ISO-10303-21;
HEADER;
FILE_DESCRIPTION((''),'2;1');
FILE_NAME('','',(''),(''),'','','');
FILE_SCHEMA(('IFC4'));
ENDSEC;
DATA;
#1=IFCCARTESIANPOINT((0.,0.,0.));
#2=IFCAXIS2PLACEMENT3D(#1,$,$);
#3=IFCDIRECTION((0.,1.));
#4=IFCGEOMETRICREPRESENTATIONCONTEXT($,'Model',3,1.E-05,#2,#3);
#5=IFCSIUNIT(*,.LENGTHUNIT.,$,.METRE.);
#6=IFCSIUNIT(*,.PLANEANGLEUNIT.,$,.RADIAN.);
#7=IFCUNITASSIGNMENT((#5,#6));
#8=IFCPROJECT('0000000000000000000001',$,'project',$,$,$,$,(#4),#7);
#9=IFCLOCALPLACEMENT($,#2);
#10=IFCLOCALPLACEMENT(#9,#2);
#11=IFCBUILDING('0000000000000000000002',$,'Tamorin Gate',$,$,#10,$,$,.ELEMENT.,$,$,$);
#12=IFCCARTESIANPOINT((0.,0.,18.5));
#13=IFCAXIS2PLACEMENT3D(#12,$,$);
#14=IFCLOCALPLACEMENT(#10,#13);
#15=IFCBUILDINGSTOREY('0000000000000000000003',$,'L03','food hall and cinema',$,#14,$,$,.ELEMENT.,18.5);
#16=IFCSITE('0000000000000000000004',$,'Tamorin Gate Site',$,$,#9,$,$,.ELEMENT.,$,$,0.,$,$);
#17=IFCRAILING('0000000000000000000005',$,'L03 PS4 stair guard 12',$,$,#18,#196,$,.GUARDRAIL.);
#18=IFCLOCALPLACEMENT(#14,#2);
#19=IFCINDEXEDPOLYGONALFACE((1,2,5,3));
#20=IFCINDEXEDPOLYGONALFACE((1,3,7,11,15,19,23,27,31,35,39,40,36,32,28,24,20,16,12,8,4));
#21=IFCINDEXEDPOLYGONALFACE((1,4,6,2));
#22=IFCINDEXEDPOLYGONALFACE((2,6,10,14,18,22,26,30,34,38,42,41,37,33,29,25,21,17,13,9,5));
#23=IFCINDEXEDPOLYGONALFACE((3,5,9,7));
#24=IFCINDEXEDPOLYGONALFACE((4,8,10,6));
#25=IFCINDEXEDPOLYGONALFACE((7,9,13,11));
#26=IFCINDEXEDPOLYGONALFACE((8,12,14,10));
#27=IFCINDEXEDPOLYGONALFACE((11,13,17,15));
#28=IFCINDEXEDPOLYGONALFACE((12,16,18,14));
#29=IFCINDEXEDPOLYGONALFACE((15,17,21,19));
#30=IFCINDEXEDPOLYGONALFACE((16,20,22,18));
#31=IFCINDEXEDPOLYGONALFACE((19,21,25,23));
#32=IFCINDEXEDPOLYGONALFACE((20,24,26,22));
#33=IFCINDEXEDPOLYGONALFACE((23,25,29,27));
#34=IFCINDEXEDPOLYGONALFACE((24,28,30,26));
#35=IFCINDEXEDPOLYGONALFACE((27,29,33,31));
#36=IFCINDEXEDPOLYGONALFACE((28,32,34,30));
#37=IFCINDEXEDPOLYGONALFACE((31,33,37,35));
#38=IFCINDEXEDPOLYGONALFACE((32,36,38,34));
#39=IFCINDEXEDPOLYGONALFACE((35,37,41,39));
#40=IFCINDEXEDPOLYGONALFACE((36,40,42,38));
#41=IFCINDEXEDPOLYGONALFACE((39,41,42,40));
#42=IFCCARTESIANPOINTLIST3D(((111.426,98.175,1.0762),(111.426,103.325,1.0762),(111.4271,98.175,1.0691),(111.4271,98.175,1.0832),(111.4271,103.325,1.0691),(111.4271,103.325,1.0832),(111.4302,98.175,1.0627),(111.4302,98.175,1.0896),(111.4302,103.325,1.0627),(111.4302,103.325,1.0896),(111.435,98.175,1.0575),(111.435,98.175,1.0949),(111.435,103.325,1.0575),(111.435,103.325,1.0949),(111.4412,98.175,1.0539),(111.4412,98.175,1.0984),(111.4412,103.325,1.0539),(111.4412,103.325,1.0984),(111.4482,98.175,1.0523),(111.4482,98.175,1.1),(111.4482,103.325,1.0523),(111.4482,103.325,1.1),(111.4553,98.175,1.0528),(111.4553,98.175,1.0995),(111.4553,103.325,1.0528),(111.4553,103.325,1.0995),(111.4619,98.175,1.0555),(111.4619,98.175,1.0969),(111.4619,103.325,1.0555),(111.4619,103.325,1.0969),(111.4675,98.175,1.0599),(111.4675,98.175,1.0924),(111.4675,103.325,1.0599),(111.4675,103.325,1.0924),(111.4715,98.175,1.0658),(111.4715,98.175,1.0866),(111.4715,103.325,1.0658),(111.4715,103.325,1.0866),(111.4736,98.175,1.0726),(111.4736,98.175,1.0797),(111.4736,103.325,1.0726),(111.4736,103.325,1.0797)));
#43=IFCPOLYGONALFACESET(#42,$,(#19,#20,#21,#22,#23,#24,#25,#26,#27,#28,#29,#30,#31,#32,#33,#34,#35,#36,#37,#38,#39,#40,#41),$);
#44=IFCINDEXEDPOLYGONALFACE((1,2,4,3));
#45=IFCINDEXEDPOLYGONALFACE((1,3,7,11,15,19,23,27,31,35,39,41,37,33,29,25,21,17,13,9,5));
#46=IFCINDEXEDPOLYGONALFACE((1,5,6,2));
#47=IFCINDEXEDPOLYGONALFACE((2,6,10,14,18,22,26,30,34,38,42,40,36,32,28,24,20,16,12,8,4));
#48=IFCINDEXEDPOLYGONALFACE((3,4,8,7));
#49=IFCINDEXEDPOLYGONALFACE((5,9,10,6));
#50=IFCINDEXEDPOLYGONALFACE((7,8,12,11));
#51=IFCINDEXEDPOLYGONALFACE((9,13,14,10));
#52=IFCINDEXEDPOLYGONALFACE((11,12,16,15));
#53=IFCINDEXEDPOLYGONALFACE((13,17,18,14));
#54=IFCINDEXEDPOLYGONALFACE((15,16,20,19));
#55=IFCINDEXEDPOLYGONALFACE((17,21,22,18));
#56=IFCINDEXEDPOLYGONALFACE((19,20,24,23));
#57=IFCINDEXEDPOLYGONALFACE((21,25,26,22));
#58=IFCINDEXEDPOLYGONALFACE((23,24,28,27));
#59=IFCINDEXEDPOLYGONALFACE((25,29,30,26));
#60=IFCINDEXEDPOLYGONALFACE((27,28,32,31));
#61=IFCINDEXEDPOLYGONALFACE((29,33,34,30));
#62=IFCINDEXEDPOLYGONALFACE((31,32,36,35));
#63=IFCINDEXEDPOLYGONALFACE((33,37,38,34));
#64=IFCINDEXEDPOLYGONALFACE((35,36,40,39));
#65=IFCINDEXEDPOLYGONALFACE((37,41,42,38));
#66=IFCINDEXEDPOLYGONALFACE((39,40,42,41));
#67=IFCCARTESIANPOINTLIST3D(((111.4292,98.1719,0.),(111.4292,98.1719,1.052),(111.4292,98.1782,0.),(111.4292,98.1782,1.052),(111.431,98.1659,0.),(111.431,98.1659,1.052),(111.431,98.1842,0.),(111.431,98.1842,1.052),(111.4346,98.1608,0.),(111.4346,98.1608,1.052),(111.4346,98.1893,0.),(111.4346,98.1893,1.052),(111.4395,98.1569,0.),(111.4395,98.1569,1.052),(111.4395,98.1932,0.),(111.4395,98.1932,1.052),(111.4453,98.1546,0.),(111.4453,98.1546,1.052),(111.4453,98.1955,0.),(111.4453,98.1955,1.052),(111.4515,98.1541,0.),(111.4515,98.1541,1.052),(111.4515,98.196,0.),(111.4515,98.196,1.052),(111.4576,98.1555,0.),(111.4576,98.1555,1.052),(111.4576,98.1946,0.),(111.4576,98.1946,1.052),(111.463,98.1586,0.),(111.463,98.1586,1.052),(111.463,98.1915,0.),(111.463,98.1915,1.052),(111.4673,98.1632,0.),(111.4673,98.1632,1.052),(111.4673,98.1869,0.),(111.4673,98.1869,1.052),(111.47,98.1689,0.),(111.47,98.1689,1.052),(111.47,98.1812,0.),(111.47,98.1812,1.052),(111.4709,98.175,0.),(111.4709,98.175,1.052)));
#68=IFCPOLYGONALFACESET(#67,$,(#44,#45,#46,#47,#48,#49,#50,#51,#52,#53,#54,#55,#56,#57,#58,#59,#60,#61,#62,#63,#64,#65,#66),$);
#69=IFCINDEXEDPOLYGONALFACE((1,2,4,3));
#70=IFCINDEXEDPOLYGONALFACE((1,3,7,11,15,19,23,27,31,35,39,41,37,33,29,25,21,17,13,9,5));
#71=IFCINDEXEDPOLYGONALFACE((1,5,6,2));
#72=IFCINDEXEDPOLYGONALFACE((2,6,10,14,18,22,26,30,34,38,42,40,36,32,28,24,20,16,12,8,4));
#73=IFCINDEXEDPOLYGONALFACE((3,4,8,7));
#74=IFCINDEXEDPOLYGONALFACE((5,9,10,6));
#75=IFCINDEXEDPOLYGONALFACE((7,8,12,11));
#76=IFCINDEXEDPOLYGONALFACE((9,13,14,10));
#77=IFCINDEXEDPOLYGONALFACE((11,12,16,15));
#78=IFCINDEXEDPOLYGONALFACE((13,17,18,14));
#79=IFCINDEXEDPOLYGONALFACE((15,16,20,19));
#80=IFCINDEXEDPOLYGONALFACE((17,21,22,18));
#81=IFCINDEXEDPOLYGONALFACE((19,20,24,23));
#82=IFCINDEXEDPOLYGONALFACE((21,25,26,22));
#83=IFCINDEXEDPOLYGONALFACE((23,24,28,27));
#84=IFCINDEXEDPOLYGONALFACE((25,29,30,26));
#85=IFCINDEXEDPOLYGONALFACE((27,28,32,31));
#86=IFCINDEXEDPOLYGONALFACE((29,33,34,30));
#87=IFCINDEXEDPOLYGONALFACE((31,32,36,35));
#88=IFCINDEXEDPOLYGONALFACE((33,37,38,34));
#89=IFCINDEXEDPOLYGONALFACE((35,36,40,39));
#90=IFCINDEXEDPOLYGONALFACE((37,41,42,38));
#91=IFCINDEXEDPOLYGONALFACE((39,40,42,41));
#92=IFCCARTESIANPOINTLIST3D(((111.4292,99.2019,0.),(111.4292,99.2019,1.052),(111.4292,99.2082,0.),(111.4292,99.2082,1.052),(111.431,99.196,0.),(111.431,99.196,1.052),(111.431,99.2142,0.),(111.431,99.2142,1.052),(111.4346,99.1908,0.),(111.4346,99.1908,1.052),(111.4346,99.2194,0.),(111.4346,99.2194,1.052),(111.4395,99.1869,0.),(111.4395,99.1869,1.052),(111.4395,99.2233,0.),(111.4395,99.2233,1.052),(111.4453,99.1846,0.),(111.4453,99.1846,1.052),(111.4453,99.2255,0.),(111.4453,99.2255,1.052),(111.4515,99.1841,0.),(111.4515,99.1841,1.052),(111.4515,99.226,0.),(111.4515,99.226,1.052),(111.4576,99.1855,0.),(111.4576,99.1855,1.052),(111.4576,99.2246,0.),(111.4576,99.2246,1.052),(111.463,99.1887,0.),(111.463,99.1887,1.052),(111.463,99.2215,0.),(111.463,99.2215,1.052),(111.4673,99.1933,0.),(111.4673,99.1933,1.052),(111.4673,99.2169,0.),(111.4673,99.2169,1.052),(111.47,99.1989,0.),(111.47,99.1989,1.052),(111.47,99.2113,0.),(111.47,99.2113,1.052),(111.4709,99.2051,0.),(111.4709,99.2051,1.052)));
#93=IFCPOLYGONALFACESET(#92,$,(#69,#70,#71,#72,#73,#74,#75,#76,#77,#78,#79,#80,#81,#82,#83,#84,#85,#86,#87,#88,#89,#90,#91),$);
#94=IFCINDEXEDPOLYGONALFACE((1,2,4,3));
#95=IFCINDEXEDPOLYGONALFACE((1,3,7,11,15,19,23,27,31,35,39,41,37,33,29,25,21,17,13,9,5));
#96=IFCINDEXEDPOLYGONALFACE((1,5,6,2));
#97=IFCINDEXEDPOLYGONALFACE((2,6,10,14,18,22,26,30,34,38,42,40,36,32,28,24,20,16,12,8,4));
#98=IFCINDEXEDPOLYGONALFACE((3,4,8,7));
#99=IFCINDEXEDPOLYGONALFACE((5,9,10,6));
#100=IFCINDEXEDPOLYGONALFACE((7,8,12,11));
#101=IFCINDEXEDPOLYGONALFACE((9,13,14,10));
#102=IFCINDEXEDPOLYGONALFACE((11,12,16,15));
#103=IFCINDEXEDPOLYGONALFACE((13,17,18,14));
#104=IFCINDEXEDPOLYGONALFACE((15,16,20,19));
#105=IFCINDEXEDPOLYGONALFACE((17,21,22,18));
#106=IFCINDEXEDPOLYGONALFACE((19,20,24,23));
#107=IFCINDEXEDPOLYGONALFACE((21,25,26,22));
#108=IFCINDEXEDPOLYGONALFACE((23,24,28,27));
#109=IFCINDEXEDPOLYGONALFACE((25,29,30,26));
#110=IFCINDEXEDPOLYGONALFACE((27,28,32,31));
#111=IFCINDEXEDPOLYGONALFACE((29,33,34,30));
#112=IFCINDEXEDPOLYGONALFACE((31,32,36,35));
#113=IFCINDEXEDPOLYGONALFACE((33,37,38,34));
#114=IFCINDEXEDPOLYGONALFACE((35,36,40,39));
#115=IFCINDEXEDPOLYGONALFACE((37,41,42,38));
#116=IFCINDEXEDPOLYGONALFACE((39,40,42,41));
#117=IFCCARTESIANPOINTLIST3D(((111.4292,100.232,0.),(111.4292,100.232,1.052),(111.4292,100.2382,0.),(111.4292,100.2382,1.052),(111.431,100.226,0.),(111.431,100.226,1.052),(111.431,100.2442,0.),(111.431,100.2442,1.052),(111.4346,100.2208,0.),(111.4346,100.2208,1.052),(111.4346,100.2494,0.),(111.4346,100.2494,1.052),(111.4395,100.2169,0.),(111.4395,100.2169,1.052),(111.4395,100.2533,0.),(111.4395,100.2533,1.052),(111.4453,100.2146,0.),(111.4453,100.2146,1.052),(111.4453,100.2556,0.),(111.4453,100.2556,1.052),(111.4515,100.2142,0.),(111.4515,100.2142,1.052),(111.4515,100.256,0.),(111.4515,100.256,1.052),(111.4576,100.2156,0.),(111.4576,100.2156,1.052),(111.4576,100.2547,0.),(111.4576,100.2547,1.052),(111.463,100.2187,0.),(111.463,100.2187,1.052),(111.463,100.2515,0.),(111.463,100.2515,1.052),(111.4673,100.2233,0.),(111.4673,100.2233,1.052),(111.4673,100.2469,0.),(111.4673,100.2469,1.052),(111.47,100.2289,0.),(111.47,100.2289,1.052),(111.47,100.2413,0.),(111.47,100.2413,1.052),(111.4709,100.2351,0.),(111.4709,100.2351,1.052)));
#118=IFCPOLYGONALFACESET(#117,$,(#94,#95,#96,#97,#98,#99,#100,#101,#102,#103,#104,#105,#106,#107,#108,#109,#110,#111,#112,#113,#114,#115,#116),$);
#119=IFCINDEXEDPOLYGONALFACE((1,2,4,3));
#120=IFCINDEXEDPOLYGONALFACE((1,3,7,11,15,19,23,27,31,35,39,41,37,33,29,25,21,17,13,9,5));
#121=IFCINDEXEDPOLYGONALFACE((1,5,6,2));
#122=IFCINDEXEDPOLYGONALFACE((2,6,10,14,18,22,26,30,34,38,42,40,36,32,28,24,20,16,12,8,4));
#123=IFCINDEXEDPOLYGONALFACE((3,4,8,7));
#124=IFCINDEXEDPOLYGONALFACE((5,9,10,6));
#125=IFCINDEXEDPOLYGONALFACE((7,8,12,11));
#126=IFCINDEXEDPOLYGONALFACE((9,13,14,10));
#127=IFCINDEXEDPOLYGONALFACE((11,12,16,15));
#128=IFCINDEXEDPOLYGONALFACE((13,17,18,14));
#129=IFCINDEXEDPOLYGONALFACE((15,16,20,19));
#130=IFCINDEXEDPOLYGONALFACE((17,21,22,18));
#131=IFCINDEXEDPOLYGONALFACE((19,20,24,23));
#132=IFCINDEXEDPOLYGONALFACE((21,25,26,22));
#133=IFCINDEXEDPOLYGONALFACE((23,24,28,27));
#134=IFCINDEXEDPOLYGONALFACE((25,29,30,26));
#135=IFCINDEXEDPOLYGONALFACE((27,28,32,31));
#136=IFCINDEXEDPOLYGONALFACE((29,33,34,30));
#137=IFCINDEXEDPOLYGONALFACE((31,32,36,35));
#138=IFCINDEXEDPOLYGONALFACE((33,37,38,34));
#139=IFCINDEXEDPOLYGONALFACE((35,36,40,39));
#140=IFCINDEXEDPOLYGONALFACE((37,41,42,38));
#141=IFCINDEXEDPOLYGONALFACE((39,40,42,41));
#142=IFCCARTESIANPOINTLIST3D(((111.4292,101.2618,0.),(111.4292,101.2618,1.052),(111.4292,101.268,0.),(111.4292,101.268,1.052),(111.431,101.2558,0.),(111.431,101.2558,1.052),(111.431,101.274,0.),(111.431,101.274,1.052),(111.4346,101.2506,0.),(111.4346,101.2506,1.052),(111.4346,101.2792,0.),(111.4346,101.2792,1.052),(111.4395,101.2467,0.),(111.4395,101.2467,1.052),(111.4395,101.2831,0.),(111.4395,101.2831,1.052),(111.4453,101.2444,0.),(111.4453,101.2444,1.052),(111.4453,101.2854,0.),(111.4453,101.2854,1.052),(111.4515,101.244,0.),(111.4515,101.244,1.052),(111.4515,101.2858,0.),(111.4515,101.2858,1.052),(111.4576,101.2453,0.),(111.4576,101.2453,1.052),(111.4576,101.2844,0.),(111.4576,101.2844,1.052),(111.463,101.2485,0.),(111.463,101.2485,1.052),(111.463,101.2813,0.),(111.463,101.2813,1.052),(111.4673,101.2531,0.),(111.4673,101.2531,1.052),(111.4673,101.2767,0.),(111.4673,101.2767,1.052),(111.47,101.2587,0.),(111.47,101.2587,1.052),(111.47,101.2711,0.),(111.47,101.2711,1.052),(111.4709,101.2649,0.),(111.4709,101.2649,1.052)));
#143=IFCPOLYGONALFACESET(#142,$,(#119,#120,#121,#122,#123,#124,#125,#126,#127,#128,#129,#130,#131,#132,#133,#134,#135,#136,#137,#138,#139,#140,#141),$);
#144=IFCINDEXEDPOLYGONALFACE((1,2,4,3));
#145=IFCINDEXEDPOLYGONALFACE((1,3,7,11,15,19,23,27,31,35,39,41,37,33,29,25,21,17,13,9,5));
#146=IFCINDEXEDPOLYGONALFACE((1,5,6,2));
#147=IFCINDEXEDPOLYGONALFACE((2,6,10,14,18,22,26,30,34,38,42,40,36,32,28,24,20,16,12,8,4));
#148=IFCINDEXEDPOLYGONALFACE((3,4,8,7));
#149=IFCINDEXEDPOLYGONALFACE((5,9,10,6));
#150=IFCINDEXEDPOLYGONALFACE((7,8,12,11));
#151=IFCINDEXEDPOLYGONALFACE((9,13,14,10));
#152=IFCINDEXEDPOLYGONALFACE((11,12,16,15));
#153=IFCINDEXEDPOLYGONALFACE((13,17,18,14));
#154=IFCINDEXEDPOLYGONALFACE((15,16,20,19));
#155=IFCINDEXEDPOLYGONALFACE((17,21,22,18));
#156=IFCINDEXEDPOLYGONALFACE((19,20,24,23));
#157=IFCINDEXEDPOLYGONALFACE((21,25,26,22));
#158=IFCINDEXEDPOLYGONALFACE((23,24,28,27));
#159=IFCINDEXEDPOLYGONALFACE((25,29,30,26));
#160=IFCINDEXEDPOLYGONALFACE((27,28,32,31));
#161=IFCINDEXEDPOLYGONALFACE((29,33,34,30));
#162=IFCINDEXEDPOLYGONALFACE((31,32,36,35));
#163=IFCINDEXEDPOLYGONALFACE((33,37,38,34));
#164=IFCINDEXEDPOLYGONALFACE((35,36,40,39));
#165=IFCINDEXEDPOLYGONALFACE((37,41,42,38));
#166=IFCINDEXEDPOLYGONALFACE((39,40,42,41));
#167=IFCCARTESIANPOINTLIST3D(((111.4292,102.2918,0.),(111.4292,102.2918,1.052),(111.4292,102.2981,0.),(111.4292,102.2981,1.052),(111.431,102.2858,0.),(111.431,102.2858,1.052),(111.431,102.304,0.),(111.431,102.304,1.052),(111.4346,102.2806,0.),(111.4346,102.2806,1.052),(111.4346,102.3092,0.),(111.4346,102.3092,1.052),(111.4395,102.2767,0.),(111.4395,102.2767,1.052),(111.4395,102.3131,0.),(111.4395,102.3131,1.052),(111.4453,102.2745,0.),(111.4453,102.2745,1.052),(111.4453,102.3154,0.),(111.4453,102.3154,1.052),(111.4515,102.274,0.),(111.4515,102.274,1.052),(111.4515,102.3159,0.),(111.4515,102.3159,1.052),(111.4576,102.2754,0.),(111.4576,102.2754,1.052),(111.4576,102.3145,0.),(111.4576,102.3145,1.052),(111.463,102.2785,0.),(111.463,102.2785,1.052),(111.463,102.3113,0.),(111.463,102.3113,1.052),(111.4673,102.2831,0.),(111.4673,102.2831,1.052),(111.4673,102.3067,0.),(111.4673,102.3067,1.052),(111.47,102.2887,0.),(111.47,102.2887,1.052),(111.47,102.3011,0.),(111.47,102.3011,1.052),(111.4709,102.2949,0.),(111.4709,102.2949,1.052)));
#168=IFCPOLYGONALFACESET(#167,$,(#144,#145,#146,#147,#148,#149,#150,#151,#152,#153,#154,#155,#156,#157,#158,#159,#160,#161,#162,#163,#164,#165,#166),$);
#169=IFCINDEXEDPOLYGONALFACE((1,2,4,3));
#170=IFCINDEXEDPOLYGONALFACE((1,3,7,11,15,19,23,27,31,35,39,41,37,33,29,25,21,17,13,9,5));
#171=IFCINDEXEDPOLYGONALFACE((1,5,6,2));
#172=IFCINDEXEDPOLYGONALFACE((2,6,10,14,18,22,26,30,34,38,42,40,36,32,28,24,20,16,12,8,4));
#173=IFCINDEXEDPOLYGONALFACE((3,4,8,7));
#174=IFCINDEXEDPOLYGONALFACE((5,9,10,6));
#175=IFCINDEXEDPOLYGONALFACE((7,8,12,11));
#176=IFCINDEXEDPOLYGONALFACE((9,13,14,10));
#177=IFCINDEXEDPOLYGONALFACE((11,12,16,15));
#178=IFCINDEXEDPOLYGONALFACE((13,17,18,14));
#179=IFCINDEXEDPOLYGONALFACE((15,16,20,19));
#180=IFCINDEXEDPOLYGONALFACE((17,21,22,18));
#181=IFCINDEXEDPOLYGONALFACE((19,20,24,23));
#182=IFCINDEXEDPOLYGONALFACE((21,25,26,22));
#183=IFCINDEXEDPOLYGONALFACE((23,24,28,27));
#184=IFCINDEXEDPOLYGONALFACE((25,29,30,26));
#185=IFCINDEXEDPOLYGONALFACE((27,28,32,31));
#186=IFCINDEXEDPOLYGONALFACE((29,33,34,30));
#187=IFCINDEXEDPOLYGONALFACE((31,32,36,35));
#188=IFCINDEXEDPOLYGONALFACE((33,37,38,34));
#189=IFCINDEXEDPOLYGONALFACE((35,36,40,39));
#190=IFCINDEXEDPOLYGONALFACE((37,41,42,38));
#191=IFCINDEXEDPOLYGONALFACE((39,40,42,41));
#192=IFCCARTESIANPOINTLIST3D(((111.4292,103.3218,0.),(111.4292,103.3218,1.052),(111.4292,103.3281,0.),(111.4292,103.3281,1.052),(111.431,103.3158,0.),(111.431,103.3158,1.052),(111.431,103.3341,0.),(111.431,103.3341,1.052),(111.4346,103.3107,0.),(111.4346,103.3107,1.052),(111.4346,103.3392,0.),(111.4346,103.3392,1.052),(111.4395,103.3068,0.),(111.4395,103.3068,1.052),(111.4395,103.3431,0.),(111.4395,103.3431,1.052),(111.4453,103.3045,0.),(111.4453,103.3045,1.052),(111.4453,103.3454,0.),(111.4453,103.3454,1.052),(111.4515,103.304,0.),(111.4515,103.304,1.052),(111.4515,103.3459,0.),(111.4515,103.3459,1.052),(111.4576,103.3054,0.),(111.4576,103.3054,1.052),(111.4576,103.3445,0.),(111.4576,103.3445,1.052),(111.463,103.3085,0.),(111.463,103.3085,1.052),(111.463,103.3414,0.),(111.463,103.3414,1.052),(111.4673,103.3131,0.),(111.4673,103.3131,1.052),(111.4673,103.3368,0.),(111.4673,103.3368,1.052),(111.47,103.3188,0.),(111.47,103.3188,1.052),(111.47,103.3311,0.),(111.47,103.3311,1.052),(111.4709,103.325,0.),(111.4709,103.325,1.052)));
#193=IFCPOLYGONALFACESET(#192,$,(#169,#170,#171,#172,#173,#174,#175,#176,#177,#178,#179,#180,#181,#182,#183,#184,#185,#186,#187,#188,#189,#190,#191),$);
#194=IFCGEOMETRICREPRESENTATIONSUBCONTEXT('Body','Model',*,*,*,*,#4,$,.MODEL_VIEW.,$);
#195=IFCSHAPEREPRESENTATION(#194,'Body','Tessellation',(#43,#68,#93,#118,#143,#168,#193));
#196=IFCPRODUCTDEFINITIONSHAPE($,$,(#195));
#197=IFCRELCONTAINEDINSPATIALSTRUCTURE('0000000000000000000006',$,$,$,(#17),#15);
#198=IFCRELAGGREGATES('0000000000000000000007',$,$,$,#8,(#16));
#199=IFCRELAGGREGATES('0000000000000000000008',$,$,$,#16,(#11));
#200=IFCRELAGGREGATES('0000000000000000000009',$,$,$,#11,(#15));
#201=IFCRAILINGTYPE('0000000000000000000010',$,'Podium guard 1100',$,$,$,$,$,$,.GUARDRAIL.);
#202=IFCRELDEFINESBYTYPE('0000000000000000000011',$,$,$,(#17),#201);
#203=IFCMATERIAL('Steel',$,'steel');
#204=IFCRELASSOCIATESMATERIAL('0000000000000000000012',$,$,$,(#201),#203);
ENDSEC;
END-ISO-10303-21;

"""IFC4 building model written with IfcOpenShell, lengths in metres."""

from ifc_helpers import new_model, si_unit, direction, frame, origin, origin_2d, place, context, subcontext, project, spatial, circle, extrude, material, type_object, element, save


model = new_model("IFC4")

# Units and contexts
model_context = context("Model", 3, precision=1e-05, world=origin(), true_north=direction((0.0, 1.0)))
body_context = subcontext(model_context, "Body", "Model", "MODEL_VIEW")
ifc_project = project(units=[si_unit("LENGTHUNIT", "METRE"), si_unit("PLANEANGLEUNIT", "RADIAN")], contexts=[model_context])

# Site, building, storey
site_placement = place(None, origin())
site = spatial("IfcSite", under=ifc_project, at=site_placement, Name="Tamorin Gate Site", CompositionType="ELEMENT", RefElevation=0.0)
building_placement = place(site_placement, origin())
building = spatial("IfcBuilding", under=site, at=building_placement, Name="Tamorin Gate", CompositionType="ELEMENT")
storey_placement = place(building_placement, frame((0.0, 0.0, 18.5)))
storey = spatial("IfcBuildingStorey", under=building, at=storey_placement, Name="L03", Description="food hall and cinema", CompositionType="ELEMENT", Elevation=18.5)

# Railing
ifc_material_1 = material(Name="Steel", Category="steel")
railing_type_1 = type_object("IfcRailingType", Name="Podium guard 1100", PredefinedType="GUARDRAIL", material=ifc_material_1)
railing_1_placement = place(storey_placement, frame((111.45, 98.175, 0.0)))
element("IfcRailing", 1, at=railing_1_placement, inside=storey, type_object=railing_type_1, Name="L03 PS4 stair guard 12", PredefinedType="GUARDRAIL", context=body_context, shape_type="SweptSolid", body=[
    extrude(circle(Radius=0.0239, at=origin_2d()), frame((0.0, 0.0, 1.0762), z_axis=(0.0, 1.0, 0.0), x_axis=(-1.0, 0.0, 0.0)), (0.0, 0.0, 1.0), 5.1499),
    extrude(circle(Radius=0.021, at=origin_2d()), origin(), (0.0, 0.0, 1.0), 1.052),
    extrude(circle(Radius=0.021, at=origin_2d()), frame((0.0, 1.03, 0.0)), (0.0, 0.0, 1.0), 1.052),
    extrude(circle(Radius=0.021, at=origin_2d()), frame((0.0, 2.0601, 0.0)), (0.0, 0.0, 1.0), 1.052),
    extrude(circle(Radius=0.021, at=origin_2d()), frame((0.0, 3.0898, 0.0)), (0.0, 0.0, 1.0), 1.052),
    extrude(circle(Radius=0.021, at=origin_2d()), frame((0.0, 4.1199, 0.0)), (0.0, 0.0, 1.0), 1.052),
    extrude(circle(Radius=0.021, at=origin_2d()), frame((0.0, 5.1499, 0.0)), (0.0, 0.0, 1.0), 1.052),
])

save(model, "model.ifc")
